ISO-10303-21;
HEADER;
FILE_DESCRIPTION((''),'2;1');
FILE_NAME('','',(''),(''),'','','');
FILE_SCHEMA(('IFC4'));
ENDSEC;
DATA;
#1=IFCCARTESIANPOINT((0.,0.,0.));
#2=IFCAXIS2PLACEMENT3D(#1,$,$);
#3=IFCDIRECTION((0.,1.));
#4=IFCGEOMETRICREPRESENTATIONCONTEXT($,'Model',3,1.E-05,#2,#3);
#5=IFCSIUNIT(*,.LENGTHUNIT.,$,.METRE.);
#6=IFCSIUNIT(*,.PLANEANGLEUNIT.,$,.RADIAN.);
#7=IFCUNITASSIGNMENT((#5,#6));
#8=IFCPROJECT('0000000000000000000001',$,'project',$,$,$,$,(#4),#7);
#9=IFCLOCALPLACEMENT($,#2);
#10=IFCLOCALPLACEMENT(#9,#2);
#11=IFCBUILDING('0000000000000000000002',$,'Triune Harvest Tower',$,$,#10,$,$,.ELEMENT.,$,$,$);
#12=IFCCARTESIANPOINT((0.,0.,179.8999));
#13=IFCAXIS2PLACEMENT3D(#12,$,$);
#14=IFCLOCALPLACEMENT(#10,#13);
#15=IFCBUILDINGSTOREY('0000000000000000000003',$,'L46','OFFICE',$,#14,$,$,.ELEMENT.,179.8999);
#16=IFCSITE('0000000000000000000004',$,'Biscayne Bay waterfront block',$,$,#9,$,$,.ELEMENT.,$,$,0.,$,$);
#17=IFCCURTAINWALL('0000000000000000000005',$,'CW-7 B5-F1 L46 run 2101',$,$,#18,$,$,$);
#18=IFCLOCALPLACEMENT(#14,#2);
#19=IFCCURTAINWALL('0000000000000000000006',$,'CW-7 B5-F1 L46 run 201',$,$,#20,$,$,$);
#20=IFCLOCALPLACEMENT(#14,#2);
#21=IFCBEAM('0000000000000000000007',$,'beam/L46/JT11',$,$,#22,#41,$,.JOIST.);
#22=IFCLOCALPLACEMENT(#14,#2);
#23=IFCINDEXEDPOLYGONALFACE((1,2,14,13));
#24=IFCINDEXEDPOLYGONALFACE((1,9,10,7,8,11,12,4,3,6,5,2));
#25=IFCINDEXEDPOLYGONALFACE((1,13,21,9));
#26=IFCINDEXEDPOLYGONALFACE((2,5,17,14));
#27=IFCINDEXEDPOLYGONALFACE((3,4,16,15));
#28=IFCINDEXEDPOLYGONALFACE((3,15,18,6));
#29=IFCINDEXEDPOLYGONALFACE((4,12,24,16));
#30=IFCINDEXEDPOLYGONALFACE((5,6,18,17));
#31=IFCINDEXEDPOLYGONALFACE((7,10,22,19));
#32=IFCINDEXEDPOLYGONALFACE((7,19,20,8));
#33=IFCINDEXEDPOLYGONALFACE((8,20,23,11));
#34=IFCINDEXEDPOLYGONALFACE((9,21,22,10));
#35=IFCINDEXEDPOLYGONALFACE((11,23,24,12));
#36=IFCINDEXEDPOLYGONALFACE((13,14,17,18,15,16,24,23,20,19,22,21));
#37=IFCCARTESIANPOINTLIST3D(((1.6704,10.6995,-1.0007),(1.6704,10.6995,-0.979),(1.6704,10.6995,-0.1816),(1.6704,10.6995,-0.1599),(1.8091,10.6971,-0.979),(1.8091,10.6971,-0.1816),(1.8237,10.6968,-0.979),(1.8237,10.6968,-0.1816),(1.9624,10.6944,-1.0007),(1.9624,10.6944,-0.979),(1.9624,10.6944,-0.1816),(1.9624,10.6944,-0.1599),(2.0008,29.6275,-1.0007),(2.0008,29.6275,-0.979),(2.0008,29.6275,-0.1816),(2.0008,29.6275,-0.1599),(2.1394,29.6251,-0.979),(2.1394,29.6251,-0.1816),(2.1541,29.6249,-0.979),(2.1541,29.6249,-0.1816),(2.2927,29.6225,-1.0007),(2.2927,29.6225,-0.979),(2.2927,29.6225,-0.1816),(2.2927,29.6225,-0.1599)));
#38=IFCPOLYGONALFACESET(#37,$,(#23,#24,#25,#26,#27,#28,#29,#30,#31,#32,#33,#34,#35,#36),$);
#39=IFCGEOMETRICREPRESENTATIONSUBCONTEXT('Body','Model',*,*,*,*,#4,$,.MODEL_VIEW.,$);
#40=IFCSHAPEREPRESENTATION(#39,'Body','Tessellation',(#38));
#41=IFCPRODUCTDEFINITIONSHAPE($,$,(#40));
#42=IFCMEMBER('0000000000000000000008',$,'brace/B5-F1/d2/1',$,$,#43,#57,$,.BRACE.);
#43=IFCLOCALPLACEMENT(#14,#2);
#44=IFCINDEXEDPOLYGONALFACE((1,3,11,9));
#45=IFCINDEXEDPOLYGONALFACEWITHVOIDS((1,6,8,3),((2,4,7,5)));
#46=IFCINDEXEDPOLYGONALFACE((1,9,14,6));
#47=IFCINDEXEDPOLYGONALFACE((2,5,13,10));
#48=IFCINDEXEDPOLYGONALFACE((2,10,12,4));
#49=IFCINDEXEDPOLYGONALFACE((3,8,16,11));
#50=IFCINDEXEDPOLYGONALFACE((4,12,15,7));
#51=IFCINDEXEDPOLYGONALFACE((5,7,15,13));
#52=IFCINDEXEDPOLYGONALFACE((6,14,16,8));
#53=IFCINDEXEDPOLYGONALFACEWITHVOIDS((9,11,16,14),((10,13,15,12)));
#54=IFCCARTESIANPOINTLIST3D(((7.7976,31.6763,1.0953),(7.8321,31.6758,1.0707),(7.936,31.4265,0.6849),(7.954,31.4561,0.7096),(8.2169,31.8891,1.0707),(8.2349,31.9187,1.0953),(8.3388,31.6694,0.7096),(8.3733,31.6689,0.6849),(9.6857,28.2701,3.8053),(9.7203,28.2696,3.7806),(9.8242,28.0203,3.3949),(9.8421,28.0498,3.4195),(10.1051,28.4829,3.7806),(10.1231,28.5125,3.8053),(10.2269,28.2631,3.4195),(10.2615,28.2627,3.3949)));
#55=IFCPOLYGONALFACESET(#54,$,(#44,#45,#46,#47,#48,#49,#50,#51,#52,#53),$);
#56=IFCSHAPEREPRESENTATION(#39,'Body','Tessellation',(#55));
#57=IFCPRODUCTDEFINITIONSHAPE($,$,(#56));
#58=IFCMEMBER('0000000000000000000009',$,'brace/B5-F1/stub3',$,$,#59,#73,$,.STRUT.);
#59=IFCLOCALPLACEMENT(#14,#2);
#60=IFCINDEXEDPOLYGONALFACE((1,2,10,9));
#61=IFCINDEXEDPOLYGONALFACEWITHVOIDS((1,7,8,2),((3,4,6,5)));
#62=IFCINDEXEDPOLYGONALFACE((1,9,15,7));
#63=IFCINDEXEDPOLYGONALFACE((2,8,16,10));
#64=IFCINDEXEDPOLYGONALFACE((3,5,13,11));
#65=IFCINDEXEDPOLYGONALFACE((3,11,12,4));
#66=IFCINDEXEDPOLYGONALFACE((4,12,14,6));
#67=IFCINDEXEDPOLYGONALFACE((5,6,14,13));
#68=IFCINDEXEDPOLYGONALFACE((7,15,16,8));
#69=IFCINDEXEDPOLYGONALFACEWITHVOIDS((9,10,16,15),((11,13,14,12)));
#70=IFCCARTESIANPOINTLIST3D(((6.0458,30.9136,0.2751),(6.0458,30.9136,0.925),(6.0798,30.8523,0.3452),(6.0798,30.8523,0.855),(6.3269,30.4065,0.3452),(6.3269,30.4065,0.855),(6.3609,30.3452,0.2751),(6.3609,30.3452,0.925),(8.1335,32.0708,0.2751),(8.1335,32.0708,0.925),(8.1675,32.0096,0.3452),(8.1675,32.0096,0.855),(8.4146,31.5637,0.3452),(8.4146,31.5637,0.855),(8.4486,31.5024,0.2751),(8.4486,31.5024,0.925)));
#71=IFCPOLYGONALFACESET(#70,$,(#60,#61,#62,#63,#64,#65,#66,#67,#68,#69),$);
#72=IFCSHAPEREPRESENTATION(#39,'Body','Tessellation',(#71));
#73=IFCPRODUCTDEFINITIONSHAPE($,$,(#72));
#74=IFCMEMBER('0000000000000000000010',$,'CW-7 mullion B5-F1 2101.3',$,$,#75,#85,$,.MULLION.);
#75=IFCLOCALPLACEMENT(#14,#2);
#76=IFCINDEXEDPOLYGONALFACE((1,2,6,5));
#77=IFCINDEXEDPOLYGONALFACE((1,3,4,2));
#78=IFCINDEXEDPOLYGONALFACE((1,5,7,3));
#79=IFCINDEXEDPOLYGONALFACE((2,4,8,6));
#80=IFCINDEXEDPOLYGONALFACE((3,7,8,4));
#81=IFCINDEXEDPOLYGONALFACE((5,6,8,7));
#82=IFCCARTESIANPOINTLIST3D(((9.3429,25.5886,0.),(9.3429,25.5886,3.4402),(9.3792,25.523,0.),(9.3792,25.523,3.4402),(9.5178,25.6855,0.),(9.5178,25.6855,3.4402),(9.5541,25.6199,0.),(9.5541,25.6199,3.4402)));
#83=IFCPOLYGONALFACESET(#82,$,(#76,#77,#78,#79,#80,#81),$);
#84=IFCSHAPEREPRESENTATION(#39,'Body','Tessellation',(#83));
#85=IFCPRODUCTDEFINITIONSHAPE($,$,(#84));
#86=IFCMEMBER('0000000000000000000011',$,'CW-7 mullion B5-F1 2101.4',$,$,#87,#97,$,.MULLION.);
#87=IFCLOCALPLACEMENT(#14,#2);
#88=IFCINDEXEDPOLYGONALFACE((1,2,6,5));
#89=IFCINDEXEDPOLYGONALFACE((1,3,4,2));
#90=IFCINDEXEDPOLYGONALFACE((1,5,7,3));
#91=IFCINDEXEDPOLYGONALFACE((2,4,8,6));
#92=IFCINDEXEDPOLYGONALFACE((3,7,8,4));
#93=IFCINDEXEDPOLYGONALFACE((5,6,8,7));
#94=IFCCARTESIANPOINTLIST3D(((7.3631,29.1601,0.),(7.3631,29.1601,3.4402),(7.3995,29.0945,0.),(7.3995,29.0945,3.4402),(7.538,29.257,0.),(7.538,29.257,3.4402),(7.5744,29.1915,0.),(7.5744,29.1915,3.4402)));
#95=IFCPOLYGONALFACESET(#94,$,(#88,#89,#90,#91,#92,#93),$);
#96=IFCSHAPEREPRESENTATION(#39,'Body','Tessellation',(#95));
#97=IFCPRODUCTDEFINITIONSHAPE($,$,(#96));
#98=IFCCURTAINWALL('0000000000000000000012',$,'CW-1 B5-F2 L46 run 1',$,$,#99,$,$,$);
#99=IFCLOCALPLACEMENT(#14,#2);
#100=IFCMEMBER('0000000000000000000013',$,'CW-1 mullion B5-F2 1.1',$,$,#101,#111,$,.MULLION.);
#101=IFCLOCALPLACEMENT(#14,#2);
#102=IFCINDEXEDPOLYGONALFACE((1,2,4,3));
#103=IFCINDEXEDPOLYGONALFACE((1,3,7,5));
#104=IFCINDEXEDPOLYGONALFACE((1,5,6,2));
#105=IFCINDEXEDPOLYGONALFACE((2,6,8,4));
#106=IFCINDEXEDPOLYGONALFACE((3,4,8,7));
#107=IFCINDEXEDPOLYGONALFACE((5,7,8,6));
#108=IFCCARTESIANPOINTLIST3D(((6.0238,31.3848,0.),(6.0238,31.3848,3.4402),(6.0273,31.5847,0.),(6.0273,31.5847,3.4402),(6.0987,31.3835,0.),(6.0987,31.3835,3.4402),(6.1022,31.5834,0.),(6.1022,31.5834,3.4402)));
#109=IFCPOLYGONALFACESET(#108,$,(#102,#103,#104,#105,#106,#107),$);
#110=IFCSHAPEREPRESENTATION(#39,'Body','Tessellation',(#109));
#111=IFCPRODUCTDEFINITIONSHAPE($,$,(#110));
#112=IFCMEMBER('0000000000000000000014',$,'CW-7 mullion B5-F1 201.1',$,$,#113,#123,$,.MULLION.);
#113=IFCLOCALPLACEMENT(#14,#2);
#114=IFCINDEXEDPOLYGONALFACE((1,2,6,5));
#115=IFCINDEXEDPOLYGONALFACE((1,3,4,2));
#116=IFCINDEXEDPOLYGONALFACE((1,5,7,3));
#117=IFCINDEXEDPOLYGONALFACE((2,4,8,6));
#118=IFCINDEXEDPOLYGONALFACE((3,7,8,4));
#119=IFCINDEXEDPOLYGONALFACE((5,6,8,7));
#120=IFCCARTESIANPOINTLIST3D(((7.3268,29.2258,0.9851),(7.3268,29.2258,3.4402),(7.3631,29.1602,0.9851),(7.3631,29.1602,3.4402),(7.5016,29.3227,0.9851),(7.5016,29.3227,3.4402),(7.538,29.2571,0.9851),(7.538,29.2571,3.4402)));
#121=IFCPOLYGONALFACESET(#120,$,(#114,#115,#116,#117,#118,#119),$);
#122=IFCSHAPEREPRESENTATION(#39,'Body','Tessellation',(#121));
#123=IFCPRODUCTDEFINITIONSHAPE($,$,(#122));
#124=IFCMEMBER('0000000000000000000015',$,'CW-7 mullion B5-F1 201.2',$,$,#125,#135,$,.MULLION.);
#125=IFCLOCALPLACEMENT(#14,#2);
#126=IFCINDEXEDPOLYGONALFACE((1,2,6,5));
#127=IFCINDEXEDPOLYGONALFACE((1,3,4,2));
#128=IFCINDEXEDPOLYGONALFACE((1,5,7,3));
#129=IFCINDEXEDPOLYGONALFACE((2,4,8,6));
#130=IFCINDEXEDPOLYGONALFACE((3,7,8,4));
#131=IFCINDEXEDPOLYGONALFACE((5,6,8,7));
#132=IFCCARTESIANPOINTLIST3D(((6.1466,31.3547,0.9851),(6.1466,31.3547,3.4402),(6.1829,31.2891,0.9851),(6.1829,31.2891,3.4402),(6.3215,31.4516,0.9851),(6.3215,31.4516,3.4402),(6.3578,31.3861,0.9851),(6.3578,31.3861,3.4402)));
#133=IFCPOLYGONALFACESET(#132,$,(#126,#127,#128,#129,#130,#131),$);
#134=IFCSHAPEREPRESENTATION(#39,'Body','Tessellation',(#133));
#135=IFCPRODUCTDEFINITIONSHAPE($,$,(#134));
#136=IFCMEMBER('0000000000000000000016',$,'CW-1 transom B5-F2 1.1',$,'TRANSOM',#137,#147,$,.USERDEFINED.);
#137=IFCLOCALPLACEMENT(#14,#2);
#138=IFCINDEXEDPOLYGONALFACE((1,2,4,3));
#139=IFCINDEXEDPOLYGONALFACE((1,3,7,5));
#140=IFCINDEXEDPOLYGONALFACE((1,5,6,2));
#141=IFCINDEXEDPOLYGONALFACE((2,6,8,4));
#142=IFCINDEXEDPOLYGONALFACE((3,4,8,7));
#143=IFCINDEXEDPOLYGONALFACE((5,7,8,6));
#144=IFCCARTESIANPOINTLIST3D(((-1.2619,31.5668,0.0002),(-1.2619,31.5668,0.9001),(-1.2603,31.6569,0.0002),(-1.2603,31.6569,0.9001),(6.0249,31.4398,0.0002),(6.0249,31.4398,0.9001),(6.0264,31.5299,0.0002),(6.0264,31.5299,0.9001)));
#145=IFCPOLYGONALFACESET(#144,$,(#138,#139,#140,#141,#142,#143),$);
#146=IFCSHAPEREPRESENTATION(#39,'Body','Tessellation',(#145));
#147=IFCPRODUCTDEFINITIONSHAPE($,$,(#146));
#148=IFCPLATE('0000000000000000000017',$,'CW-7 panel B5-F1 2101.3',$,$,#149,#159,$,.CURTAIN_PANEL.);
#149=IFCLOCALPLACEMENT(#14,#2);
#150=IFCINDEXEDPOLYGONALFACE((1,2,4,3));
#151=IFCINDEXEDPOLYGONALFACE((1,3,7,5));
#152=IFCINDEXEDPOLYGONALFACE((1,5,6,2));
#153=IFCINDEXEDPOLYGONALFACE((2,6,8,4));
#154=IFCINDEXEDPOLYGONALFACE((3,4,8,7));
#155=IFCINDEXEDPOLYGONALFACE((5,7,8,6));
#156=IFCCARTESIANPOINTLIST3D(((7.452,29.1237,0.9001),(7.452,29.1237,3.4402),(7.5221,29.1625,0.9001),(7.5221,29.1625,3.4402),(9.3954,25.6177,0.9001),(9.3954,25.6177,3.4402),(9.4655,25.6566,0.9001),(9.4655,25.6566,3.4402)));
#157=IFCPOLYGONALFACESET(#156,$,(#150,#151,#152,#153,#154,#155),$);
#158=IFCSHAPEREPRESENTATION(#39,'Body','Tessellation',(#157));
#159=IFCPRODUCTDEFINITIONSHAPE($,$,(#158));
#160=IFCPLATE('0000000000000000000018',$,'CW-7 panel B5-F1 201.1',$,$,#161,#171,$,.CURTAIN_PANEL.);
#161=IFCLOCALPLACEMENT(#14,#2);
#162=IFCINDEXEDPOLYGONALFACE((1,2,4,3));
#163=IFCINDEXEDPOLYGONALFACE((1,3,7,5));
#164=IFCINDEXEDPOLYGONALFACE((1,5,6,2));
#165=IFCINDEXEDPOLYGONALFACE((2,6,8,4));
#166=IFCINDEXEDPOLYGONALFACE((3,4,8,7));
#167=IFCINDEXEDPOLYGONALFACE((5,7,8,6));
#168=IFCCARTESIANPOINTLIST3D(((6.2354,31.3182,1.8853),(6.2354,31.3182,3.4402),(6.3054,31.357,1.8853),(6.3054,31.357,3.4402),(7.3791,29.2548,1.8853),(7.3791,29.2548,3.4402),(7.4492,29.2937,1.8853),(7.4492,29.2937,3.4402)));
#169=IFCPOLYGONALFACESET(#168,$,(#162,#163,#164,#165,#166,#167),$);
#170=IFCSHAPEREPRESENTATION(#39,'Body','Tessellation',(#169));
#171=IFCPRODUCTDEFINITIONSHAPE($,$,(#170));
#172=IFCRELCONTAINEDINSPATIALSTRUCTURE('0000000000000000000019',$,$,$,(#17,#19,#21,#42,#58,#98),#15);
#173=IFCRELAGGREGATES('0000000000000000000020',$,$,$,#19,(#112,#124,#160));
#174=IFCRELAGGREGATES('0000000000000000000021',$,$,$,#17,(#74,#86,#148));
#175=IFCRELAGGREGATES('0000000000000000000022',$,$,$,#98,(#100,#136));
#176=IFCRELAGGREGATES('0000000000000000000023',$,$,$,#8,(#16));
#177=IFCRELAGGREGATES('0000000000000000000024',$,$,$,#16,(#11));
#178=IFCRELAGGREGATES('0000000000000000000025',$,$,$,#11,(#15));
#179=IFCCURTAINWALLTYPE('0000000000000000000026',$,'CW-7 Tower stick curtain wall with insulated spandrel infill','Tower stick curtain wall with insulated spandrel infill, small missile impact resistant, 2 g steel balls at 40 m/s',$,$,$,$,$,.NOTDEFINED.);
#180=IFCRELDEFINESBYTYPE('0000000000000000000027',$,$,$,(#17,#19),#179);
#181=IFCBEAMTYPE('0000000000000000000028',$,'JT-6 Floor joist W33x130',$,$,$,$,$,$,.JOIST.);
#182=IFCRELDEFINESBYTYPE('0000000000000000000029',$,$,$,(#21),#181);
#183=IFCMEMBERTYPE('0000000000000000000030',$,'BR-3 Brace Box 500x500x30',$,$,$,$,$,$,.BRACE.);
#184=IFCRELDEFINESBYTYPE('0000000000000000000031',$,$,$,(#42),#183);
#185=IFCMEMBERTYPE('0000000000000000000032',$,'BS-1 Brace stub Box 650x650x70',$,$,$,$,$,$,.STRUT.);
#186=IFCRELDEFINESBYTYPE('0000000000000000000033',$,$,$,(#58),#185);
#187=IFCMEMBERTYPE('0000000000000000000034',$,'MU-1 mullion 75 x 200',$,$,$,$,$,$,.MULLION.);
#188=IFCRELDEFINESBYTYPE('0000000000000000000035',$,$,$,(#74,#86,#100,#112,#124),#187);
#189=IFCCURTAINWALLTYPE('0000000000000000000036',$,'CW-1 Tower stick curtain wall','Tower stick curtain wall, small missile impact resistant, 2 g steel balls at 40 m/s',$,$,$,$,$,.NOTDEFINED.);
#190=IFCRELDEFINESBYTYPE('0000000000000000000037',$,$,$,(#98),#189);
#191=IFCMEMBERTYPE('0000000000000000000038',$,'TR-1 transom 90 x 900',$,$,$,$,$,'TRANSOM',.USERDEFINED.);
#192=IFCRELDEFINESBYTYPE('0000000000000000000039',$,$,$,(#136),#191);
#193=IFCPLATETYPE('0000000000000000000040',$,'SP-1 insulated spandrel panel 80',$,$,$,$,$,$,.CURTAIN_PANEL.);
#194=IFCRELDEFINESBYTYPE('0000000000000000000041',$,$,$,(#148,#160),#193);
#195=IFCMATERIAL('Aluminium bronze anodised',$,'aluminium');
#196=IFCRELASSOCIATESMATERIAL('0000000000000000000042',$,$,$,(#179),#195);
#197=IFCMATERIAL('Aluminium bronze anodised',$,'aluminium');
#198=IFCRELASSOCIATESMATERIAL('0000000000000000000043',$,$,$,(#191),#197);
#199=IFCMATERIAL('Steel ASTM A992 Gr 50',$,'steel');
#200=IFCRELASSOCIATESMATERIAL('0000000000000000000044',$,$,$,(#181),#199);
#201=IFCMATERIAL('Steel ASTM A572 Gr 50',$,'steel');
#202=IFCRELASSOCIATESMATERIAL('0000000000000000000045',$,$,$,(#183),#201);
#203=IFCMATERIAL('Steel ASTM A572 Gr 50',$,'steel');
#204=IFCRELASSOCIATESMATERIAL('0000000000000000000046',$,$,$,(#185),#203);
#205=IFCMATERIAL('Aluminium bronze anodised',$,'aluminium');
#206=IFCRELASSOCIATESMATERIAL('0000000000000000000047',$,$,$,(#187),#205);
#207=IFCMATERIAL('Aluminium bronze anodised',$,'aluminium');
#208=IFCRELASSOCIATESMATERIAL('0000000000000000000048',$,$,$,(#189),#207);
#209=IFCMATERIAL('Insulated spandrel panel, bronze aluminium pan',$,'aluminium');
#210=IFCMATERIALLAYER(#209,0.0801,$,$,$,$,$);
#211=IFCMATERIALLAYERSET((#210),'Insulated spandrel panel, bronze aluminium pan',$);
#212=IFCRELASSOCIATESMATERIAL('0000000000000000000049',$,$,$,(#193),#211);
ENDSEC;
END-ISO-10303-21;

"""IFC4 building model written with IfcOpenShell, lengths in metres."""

from ifc_helpers import new_model, si_unit, direction, frame, origin, origin_2d, place, context, subcontext, project, spatial, rectangle, hollow_rectangle, i_section, extrude, source, transform, mapped, material, layer, layer_set, material_profile, profile_set, type_object, element, aggregate, save


model = new_model("IFC4")

# Units and contexts
model_context = context("Model", 3, precision=1e-05, world=origin(), true_north=direction((0.0, 1.0)))
body_context = subcontext(model_context, "Body", "Model", "MODEL_VIEW")
ifc_project = project(units=[si_unit("LENGTHUNIT", "METRE"), si_unit("PLANEANGLEUNIT", "RADIAN")], contexts=[model_context])

# Site, building, storey
site_placement = place(None, origin())
site = spatial("IfcSite", under=ifc_project, at=site_placement, Name="Biscayne Bay waterfront block", CompositionType="ELEMENT", RefElevation=0.0)
building_placement = place(site_placement, origin())
building = spatial("IfcBuilding", under=site, at=building_placement, Name="Triune Harvest Tower", CompositionType="ELEMENT")
storey_placement = place(building_placement, frame((0.0, 0.0, 179.8999)))
storey = spatial("IfcBuildingStorey", under=building, at=storey_placement, Name="L46", Description="OFFICE", CompositionType="ELEMENT", Elevation=179.8999)

# Curtain walls
ifc_material_1 = material(Name="Aluminium bronze anodised", Category="aluminium")
curtain_wall_type_1 = type_object("IfcCurtainWallType", Name="CW-7 Tower stick curtain wall with insulated spandrel infill", Description="Tower stick curtain wall with insulated spandrel infill, small missile impact resistant, 2 g steel balls at 40 m/s", PredefinedType="NOTDEFINED", material=ifc_material_1)
curtain_wall_1_placement = place(storey_placement, origin())
curtain_wall_1 = element("IfcCurtainWall", 1, at=curtain_wall_1_placement, inside=storey, type_object=curtain_wall_type_1, Name="CW-7 B5-F1 L46 run 2101")
ifc_material_2 = material(Name="Aluminium bronze anodised", Category="aluminium")
ifc_material_profile_1 = material_profile(ifc_material_2, rectangle(XDim=0.0901, YDim=0.8999, at=origin_2d()), Name="TR-1 transom 90 x 900")
ifc_profile_set_1 = profile_set([ifc_material_profile_1], Name="Aluminium bronze anodised")
member_type_1 = type_object("IfcMemberType", Name="TR-1 transom 90 x 900", ElementType="TRANSOM", PredefinedType="USERDEFINED", material=ifc_profile_set_1)
curtain_wall_2_placement = place(storey_placement, origin())
curtain_wall_2 = element("IfcCurtainWall", 2, at=curtain_wall_2_placement, inside=storey, type_object=curtain_wall_type_1, Name="CW-7 B5-F1 L46 run 201")

# Beam
ifc_material_3 = material(Name="Steel ASTM A992 Gr 50", Category="steel")
ifc_material_profile_2 = material_profile(ifc_material_3, i_section(OverallWidth=0.292, OverallDepth=0.8408, WebThickness=0.0146, FlangeThickness=0.0217, at=origin_2d()), Name="W33x130")
ifc_profile_set_2 = profile_set([ifc_material_profile_2], Name="Steel ASTM A992 Gr 50")
beam_type_1 = type_object("IfcBeamType", Name="JT-6 Floor joist W33x130", PredefinedType="JOIST", material=ifc_profile_set_2)
shared_shape_1 = source(origin(), body_context, "Body", "SweptSolid", [
    extrude(i_section(OverallWidth=0.292, OverallDepth=0.8408, WebThickness=0.0146, FlangeThickness=0.0217, at=origin_2d()), origin(), (0.0, 0.0, 1.0), 18.9309),
])
beam_1_placement = place(storey_placement, frame((2.1467, 29.625, -0.5803), z_axis=(-0.017449, -0.999848, 0.0), x_axis=(0.999848, -0.017449, 0.0)))
element("IfcBeam", 3, at=beam_1_placement, inside=storey, type_object=beam_type_1, Name="beam/L46/JT11", PredefinedType="JOIST", context=body_context, shape_type="MappedRepresentation", body=[
    mapped(shared_shape_1, transform((0.0, 0.0, 0.0), scale=1.0)),
])

# Members
ifc_material_4 = material(Name="Steel ASTM A572 Gr 50", Category="steel")
ifc_material_profile_3 = material_profile(ifc_material_4, hollow_rectangle(XDim=0.5, YDim=0.5, WallThickness=0.03, at=origin_2d()), Name="Box 500x500x30")
ifc_profile_set_3 = profile_set([ifc_material_profile_3], Name="Steel ASTM A572 Gr 50")
member_type_2 = type_object("IfcMemberType", Name="BR-3 Brace Box 500x500x30", PredefinedType="BRACE", material=ifc_profile_set_3)
shared_shape_2 = source(origin(), body_context, "Body", "SweptSolid", [
    extrude(hollow_rectangle(XDim=0.5, YDim=0.5, WallThickness=0.03, at=origin_2d()), origin(), (0.0, 0.0, 1.0), 4.7446),
])
member_1_placement = place(storey_placement, frame((8.0854, 31.6726, 0.8901), z_axis=(0.397961, -0.717914, 0.571162), x_axis=(0.874612, 0.484823, 0.0)))
element("IfcMember", 4, at=member_1_placement, inside=storey, type_object=member_type_2, Name="brace/B5-F1/d2/1", PredefinedType="BRACE", context=body_context, shape_type="MappedRepresentation", body=[
    mapped(shared_shape_2, transform((0.0, 0.0, 0.0), scale=1.0)),
])
ifc_material_5 = material(Name="Steel ASTM A572 Gr 50", Category="steel")
ifc_material_profile_4 = material_profile(ifc_material_5, hollow_rectangle(XDim=0.6499, YDim=0.6499, WallThickness=0.0701, at=origin_2d()), Name="Box 650x650x70")
ifc_profile_set_4 = profile_set([ifc_material_profile_4], Name="Steel ASTM A572 Gr 50")
member_type_3 = type_object("IfcMemberType", Name="BS-1 Brace stub Box 650x650x70", PredefinedType="STRUT", material=ifc_profile_set_4)
shared_shape_3 = source(origin(), body_context, "Body", "SweptSolid", [
    extrude(hollow_rectangle(XDim=0.6499, YDim=0.6499, WallThickness=0.0701, at=origin_2d()), origin(), (0.0, 0.0, 1.0), 2.387),
])
member_2_placement = place(storey_placement, frame((6.2034, 30.6294, 0.6001), z_axis=(0.874615, 0.484818, 0.0), x_axis=(-0.484818, 0.874615, 0.0)))
element("IfcMember", 5, at=member_2_placement, inside=storey, type_object=member_type_3, Name="brace/B5-F1/stub3", PredefinedType="STRUT", context=body_context, shape_type="MappedRepresentation", body=[
    mapped(shared_shape_3, transform((0.0, 0.0, 0.0), scale=1.0)),
])

# Members
ifc_material_6 = material(Name="Aluminium bronze anodised", Category="aluminium")
ifc_material_profile_5 = material_profile(ifc_material_6, rectangle(XDim=0.2, YDim=0.075, at=origin_2d()), Name="MU-1 mullion 75 x 200")
ifc_profile_set_5 = profile_set([ifc_material_profile_5], Name="Aluminium bronze anodised")
member_type_4 = type_object("IfcMemberType", Name="MU-1 mullion 75 x 200", PredefinedType="MULLION", material=ifc_profile_set_5)
shared_shape_4 = source(origin(), body_context, "Body", "SweptSolid", [
    extrude(rectangle(XDim=0.2, YDim=0.075, at=origin_2d()), origin(), (0.0, 0.0, 1.0), 3.4402),
])
member_3_placement = place(storey_placement, frame((9.4485, 25.6042, 0.0), z_axis=(0.0, 0.0, 1.0), x_axis=(-0.874619, -0.48481, 0.0)))
member_3 = element("IfcMember", 6, at=member_3_placement, type_object=member_type_4, Name="CW-7 mullion B5-F1 2101.3", PredefinedType="MULLION", context=body_context, shape_type="MappedRepresentation", body=[
    mapped(shared_shape_4, transform((0.0, 0.0, 0.0), scale=1.0)),
])
member_4_placement = place(storey_placement, frame((7.4688, 29.1758, 0.0), z_axis=(0.0, 0.0, 1.0), x_axis=(-0.874619, -0.48481, 0.0)))
member_4 = element("IfcMember", 7, at=member_4_placement, type_object=member_type_4, Name="CW-7 mullion B5-F1 2101.4", PredefinedType="MULLION", context=body_context, shape_type="MappedRepresentation", body=[
    mapped(shared_shape_4, transform((0.0, 0.0, 0.0), scale=1.0)),
])

# Curtain wall, member
ifc_material_7 = material(Name="Aluminium bronze anodised", Category="aluminium")
curtain_wall_type_2 = type_object("IfcCurtainWallType", Name="CW-1 Tower stick curtain wall", Description="Tower stick curtain wall, small missile impact resistant, 2 g steel balls at 40 m/s", PredefinedType="NOTDEFINED", material=ifc_material_7)
curtain_wall_3_placement = place(storey_placement, origin())
curtain_wall_3 = element("IfcCurtainWall", 8, at=curtain_wall_3_placement, inside=storey, type_object=curtain_wall_type_2, Name="CW-1 B5-F2 L46 run 1")
member_5_placement = place(storey_placement, frame((6.063, 31.4841, 0.0), z_axis=(0.0, 0.0, 1.0), x_axis=(-0.017446, -0.999848, 0.0)))
member_5 = element("IfcMember", 9, at=member_5_placement, type_object=member_type_4, Name="CW-1 mullion B5-F2 1.1", PredefinedType="MULLION", context=body_context, shape_type="MappedRepresentation", body=[
    mapped(shared_shape_4, transform((0.0, 0.0, 0.0), scale=1.0)),
])

# Members
shared_shape_5 = source(origin(), body_context, "Body", "SweptSolid", [
    extrude(rectangle(XDim=0.2, YDim=0.075, at=origin_2d()), origin(), (0.0, 0.0, 1.0), 2.4551),
])
member_6_placement = place(storey_placement, frame((7.4324, 29.2415, 0.9851), z_axis=(0.0, 0.0, 1.0), x_axis=(-0.874617, -0.484814, 0.0)))
member_6 = element("IfcMember", 10, at=member_6_placement, type_object=member_type_4, Name="CW-7 mullion B5-F1 201.1", PredefinedType="MULLION", context=body_context, shape_type="MappedRepresentation", body=[
    mapped(shared_shape_5, transform((0.0, 0.0, 0.0), scale=1.0)),
])
member_7_placement = place(storey_placement, frame((6.2522, 31.3704, 0.9851), z_axis=(0.0, 0.0, 1.0), x_axis=(-0.874617, -0.484814, 0.0)))
member_7 = element("IfcMember", 11, at=member_7_placement, type_object=member_type_4, Name="CW-7 mullion B5-F1 201.2", PredefinedType="MULLION", context=body_context, shape_type="MappedRepresentation", body=[
    mapped(shared_shape_5, transform((0.0, 0.0, 0.0), scale=1.0)),
])
shared_shape_6 = source(origin(), body_context, "Body", "SweptSolid", [
    extrude(rectangle(XDim=0.0901, YDim=0.8999, at=origin_2d()), origin(), (0.0, 0.0, 1.0), 7.2878),
])
member_8_placement = place(storey_placement, frame((6.0256, 31.4849, 0.4502), z_axis=(-0.999848, 0.01742, 0.0), x_axis=(-0.01742, -0.999848, 0.0)))
member_8 = element("IfcMember", 12, at=member_8_placement, type_object=member_type_1, Name="CW-1 transom B5-F2 1.1", ObjectType="TRANSOM", PredefinedType="USERDEFINED", context=body_context, shape_type="MappedRepresentation", body=[
    mapped(shared_shape_6, transform((0.0, 0.0, 0.0), scale=1.0)),
])

# Plates
ifc_material_8 = material(Name="Insulated spandrel panel, bronze aluminium pan", Category="aluminium")
ifc_layer_1 = layer(ifc_material_8, 0.0801)
ifc_layer_set_1 = layer_set([ifc_layer_1], Name="Insulated spandrel panel, bronze aluminium pan")
plate_type_1 = type_object("IfcPlateType", Name="SP-1 insulated spandrel panel 80", PredefinedType="CURTAIN_PANEL", material=ifc_layer_set_1)
plate_1_placement = place(storey_placement, frame((8.4587, 27.3901, 0.9001), z_axis=(0.0, 0.0, 1.0), x_axis=(-0.48481, 0.874619, 0.0)))
plate_1 = element("IfcPlate", 13, at=plate_1_placement, type_object=plate_type_1, Name="CW-7 panel B5-F1 2101.3", PredefinedType="CURTAIN_PANEL", context=body_context, shape_type="SweptSolid", body=[
    extrude(rectangle(XDim=4.0085, YDim=0.0801, at=origin_2d()), origin(), (0.0, 0.0, 1.0), 2.54),
])
plate_2_placement = place(storey_placement, frame((6.8423, 30.3059, 1.8853), z_axis=(0.0, 0.0, 1.0), x_axis=(-0.484814, 0.874617, 0.0)))
plate_2 = element("IfcPlate", 14, at=plate_2_placement, type_object=plate_type_1, Name="CW-7 panel B5-F1 201.1", PredefinedType="CURTAIN_PANEL", context=body_context, shape_type="SweptSolid", body=[
    extrude(rectangle(XDim=2.3591, YDim=0.0801, at=origin_2d()), origin(), (0.0, 0.0, 1.0), 1.5549),
])
aggregate(curtain_wall_2, [member_6, member_7, plate_2])
aggregate(curtain_wall_1, [member_3, member_4, plate_1])
aggregate(curtain_wall_3, [member_5, member_8])

save(model, "model.ifc")
